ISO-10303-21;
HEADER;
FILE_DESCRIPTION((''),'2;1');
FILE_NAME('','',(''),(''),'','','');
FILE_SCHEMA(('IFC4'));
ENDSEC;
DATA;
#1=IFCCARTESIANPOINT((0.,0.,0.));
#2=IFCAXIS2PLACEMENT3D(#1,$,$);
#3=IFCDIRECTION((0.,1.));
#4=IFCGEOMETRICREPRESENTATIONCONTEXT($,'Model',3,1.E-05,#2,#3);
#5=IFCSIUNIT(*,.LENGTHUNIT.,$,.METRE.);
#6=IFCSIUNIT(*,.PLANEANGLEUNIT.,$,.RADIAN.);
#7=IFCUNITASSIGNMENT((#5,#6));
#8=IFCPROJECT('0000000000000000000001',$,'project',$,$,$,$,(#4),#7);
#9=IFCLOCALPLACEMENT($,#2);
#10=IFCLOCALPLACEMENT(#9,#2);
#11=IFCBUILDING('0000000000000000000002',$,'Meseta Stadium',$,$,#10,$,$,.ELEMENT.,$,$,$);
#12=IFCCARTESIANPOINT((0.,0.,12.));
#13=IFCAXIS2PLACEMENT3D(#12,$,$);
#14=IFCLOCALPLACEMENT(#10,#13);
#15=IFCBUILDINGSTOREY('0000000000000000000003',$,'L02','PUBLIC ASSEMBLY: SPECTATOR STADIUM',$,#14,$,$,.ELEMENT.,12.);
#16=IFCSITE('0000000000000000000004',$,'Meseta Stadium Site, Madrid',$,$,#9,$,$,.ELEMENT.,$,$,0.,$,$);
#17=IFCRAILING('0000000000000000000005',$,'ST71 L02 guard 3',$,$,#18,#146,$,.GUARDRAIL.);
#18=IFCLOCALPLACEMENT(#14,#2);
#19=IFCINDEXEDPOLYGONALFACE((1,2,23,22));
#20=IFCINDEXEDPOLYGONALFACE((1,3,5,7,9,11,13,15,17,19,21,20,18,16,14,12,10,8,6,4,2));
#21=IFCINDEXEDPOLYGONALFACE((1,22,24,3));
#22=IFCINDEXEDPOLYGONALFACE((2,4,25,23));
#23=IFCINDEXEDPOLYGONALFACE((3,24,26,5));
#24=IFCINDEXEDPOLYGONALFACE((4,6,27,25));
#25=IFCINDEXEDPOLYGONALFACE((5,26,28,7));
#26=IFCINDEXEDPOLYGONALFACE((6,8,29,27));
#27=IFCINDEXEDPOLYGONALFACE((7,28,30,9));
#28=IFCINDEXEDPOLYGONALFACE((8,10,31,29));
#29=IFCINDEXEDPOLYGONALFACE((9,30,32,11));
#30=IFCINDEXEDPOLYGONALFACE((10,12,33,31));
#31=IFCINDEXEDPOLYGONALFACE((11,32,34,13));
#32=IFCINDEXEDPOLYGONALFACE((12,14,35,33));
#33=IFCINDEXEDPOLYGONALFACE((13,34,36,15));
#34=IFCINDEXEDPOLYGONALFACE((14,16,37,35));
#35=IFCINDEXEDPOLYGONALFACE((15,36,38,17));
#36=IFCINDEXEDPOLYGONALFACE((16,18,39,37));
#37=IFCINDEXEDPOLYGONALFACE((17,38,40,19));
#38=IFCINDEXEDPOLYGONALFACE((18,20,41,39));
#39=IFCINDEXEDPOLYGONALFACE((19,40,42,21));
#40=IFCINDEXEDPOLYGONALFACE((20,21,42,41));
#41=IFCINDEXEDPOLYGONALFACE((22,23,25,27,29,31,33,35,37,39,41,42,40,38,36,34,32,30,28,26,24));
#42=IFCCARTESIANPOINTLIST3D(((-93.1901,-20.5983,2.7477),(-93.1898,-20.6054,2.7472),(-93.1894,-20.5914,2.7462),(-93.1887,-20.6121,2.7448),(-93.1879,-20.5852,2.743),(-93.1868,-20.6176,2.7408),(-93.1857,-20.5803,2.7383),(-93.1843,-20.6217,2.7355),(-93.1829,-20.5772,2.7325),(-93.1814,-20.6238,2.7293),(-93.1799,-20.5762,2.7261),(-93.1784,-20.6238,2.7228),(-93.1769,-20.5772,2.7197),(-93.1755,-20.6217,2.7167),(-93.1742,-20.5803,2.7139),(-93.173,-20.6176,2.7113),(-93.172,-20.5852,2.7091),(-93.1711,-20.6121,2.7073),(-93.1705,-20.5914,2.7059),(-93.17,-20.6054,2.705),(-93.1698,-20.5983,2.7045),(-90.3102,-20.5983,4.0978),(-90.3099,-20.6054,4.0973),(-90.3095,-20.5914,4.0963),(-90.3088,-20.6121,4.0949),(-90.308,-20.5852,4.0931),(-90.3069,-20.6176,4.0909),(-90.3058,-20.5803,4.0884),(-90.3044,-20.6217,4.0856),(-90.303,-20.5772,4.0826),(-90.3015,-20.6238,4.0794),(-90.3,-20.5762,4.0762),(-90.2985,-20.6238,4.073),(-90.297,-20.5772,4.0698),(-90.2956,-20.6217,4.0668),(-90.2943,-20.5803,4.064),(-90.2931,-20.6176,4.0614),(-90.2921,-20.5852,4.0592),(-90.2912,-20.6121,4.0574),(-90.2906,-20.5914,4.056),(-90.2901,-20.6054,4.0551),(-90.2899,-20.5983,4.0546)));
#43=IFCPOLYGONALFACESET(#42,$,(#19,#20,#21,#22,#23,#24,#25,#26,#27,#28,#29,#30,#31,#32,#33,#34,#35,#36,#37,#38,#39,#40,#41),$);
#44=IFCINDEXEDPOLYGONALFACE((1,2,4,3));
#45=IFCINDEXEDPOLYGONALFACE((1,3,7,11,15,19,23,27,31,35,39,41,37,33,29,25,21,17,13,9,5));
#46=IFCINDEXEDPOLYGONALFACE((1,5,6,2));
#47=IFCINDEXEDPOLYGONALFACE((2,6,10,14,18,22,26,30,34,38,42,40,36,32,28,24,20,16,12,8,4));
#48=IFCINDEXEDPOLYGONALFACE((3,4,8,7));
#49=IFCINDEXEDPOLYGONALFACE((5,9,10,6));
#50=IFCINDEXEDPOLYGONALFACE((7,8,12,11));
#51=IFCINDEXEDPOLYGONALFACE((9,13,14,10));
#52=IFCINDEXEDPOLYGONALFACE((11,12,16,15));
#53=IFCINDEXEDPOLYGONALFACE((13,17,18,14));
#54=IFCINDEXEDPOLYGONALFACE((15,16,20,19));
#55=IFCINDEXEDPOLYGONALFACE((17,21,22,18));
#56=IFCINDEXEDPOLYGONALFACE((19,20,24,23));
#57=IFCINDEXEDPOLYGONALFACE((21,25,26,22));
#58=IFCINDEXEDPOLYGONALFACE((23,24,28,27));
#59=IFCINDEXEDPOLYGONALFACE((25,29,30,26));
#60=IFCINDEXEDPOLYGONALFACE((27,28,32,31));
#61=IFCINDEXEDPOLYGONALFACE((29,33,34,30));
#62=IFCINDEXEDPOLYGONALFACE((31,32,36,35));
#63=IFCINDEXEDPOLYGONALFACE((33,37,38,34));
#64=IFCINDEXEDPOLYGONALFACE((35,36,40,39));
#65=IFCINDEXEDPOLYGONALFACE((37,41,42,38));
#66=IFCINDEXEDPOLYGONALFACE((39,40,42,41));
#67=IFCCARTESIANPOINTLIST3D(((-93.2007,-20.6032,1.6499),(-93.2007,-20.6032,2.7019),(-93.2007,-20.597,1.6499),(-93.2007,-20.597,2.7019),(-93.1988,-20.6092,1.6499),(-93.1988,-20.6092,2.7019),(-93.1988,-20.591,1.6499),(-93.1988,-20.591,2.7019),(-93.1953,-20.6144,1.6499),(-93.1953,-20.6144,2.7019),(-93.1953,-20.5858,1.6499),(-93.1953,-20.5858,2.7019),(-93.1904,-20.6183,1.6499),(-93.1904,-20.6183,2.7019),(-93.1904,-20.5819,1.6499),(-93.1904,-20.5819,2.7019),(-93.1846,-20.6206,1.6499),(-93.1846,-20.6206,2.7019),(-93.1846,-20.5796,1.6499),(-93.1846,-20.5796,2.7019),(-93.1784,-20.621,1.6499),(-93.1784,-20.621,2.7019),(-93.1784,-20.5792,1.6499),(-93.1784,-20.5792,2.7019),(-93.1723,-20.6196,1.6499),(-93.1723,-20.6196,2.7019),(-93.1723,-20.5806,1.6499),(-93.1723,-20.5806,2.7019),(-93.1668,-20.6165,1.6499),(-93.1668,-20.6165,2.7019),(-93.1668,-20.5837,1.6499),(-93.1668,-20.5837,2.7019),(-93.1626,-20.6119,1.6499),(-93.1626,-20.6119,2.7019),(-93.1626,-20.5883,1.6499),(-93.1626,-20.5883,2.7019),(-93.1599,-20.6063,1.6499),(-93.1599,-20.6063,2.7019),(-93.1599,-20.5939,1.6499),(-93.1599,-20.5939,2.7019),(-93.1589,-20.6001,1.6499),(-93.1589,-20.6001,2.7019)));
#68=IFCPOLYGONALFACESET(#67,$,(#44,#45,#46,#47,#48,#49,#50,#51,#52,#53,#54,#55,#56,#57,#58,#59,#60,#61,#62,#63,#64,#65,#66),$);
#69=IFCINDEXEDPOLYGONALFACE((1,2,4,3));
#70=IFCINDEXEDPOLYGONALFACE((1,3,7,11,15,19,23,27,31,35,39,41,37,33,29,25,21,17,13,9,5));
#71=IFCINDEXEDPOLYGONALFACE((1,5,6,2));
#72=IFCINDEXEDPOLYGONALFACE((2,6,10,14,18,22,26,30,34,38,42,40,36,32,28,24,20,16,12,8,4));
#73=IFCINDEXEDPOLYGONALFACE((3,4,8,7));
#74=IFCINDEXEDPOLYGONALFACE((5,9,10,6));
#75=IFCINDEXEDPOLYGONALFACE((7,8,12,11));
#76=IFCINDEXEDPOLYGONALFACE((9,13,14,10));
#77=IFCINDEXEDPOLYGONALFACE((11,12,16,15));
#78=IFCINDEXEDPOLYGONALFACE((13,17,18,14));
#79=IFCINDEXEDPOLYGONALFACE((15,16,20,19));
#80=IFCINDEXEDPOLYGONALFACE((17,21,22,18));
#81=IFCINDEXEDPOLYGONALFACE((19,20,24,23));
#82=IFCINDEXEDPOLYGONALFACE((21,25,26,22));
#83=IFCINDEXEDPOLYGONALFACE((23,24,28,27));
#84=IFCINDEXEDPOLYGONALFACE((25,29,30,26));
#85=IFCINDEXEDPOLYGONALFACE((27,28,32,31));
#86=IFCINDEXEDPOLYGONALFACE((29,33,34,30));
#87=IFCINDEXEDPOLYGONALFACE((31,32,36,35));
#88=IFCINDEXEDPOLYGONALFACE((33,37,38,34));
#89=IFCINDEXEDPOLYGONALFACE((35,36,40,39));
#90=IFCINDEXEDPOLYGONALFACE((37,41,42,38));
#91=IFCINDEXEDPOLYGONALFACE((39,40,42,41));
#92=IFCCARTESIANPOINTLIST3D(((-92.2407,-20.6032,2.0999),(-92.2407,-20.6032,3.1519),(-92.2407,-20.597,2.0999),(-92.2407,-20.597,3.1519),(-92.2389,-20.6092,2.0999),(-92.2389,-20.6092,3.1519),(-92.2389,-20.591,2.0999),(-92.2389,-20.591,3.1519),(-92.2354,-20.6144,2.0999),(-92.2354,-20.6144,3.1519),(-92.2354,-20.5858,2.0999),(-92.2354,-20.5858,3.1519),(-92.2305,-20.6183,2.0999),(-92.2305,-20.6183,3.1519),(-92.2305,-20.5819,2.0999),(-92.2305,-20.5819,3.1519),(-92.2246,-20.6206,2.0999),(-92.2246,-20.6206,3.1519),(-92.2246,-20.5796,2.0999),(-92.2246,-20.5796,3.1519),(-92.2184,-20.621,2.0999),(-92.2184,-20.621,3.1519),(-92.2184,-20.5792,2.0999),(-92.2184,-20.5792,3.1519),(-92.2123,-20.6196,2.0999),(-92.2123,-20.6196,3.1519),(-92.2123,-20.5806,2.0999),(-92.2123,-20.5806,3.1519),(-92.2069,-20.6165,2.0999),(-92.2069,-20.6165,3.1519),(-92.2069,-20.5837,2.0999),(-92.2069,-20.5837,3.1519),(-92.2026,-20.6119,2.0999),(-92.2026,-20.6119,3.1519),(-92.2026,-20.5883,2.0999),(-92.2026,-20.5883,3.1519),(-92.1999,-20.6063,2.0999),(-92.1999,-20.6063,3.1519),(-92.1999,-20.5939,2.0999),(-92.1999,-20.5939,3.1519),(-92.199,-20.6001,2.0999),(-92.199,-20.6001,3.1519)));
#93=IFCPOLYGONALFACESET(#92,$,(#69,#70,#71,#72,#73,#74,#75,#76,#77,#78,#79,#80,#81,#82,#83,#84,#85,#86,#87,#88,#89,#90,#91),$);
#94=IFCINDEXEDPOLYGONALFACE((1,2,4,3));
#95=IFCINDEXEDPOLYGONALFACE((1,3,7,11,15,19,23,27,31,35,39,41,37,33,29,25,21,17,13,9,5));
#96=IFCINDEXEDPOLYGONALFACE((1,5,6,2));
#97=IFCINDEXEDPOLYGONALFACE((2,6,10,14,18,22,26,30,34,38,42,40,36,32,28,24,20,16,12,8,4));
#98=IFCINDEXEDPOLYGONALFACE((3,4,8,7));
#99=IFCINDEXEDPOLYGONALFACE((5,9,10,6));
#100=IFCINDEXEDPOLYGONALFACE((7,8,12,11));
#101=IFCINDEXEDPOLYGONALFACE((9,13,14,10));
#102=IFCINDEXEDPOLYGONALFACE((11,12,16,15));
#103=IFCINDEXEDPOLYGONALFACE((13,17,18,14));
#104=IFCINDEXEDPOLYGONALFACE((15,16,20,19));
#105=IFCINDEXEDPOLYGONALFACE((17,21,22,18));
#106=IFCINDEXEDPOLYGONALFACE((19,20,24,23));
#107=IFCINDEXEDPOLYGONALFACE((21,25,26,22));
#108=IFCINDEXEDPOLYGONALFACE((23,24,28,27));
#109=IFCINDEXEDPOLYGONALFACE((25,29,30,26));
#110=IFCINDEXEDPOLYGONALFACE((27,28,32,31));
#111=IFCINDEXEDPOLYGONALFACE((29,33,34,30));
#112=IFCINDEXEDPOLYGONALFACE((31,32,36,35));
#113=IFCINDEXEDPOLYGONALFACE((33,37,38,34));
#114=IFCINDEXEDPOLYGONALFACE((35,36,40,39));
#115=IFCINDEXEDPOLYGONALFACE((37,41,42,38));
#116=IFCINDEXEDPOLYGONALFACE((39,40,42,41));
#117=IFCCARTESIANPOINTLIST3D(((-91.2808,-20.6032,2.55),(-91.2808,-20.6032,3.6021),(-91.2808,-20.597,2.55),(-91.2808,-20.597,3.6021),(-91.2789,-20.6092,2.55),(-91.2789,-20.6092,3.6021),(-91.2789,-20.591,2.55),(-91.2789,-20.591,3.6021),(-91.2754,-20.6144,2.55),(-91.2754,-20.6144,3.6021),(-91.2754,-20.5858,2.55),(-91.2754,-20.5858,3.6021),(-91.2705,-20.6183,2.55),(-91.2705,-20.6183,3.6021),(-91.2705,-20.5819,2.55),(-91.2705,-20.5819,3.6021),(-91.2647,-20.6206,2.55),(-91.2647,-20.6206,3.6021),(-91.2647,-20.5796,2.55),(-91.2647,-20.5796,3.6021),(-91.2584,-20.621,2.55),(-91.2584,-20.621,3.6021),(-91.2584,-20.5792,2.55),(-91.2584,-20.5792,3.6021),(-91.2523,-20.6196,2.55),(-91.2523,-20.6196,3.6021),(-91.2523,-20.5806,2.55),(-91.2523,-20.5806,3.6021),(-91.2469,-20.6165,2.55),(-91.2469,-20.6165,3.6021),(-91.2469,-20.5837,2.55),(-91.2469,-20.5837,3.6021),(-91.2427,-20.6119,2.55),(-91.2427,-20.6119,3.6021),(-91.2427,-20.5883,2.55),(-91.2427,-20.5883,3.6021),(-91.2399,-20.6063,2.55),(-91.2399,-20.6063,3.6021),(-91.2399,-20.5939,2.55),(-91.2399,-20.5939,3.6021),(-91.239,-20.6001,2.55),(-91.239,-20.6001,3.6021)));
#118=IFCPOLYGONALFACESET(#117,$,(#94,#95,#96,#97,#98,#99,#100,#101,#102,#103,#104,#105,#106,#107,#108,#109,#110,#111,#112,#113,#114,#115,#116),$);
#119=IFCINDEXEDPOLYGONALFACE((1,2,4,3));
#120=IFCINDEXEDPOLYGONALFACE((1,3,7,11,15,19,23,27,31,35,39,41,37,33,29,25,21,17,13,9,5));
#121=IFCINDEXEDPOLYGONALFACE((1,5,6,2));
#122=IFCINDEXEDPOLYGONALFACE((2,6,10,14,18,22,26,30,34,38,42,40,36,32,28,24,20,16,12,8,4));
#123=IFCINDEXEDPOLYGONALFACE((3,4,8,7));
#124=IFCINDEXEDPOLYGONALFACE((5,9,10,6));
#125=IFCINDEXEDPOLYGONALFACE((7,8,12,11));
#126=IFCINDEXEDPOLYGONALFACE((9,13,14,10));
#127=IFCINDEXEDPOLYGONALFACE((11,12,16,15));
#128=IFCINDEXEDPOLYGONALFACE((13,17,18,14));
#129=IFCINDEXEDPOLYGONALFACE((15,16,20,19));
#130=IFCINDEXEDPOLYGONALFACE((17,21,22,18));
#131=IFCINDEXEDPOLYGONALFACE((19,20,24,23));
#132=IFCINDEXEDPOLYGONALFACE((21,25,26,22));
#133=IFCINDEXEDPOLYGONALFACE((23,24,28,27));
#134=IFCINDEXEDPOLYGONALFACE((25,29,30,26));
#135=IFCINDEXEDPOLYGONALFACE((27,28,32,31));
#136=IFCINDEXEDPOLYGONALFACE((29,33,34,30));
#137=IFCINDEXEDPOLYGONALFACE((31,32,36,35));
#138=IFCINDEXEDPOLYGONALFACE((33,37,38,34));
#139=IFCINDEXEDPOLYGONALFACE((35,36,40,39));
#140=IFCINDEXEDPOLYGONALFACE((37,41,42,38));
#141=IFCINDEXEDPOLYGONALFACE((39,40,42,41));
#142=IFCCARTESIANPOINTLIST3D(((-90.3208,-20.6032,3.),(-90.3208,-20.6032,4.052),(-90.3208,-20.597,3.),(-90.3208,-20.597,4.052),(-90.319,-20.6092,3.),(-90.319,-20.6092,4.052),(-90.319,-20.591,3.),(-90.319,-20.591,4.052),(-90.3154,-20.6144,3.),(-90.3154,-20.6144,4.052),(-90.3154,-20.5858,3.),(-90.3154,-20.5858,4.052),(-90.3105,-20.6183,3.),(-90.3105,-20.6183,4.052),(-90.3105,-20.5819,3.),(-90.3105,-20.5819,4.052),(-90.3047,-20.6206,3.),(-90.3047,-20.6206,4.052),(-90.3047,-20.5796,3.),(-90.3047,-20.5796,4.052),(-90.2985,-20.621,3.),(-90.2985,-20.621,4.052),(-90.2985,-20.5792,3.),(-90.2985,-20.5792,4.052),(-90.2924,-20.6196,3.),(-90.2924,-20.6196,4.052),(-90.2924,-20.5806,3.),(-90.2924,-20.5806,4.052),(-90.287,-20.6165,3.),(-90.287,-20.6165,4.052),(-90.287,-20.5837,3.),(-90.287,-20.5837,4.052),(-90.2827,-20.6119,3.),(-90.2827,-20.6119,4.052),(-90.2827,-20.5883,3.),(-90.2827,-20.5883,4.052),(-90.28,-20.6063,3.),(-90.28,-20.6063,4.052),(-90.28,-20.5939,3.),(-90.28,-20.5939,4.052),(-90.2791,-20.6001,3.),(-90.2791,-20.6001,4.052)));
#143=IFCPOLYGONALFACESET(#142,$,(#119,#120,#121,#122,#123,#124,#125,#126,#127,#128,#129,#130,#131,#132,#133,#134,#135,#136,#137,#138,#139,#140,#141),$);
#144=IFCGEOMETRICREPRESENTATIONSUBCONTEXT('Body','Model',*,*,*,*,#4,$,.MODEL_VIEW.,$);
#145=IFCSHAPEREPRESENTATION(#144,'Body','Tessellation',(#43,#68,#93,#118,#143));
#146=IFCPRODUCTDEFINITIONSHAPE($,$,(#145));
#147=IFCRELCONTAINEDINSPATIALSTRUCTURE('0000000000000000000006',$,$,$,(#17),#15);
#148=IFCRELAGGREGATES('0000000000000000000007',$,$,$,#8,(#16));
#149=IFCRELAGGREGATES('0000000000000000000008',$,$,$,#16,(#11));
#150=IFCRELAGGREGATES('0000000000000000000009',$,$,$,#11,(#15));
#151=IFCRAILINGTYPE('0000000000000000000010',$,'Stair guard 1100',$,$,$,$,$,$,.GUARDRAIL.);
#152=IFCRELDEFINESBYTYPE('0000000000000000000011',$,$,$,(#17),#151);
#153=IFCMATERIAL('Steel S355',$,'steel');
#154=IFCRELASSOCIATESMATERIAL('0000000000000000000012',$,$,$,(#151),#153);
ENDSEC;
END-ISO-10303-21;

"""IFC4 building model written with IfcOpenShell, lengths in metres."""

from ifc_helpers import new_model, si_unit, direction, frame, origin, origin_2d, place, context, subcontext, project, spatial, circle, extrude, material, type_object, element, save


model = new_model("IFC4")

# Units and contexts
model_context = context("Model", 3, precision=1e-05, world=origin(), true_north=direction((0.0, 1.0)))
body_context = subcontext(model_context, "Body", "Model", "MODEL_VIEW")
ifc_project = project(units=[si_unit("LENGTHUNIT", "METRE"), si_unit("PLANEANGLEUNIT", "RADIAN")], contexts=[model_context])

# Site, building, storey
site_placement = place(None, origin())
site = spatial("IfcSite", under=ifc_project, at=site_placement, Name="Meseta Stadium Site, Madrid", CompositionType="ELEMENT", RefElevation=0.0)
building_placement = place(site_placement, origin())
building = spatial("IfcBuilding", under=site, at=building_placement, Name="Meseta Stadium", CompositionType="ELEMENT")
storey_placement = place(building_placement, frame((0.0, 0.0, 12.0)))
storey = spatial("IfcBuildingStorey", under=building, at=storey_placement, Name="L02", Description="PUBLIC ASSEMBLY: SPECTATOR STADIUM", CompositionType="ELEMENT", Elevation=12.0)

# Railing
ifc_material_1 = material(Name="Steel S355", Category="steel")
railing_type_1 = type_object("IfcRailingType", Name="Stair guard 1100", PredefinedType="GUARDRAIL", material=ifc_material_1)
railing_1_placement = place(storey_placement, frame((-93.1799, -20.6001, 1.6499)))
element("IfcRailing", 1, at=railing_1_placement, inside=storey, type_object=railing_type_1, Name="ST71 L02 guard 3", PredefinedType="GUARDRAIL", context=body_context, shape_type="SweptSolid", body=[
    extrude(circle(Radius=0.0239, at=origin_2d()), frame((0.0, 0.0, 1.0762), z_axis=(0.90544, 0.0, 0.424473), x_axis=(0.0, 1.0, 0.0)), (0.0, 0.0, 1.0), 3.1807),
    extrude(circle(Radius=0.021, at=origin_2d()), origin(), (0.0, 0.0, 1.0), 1.052),
    extrude(circle(Radius=0.021, at=origin_2d()), frame((0.96, 0.0, 0.45)), (0.0, 0.0, 1.0), 1.052),
    extrude(circle(Radius=0.021, at=origin_2d()), frame((1.9199, 0.0, 0.9001)), (0.0, 0.0, 1.0), 1.052),
    extrude(circle(Radius=0.021, at=origin_2d()), frame((2.8799, 0.0, 1.3501)), (0.0, 0.0, 1.0), 1.052),
])

save(model, "model.ifc")
